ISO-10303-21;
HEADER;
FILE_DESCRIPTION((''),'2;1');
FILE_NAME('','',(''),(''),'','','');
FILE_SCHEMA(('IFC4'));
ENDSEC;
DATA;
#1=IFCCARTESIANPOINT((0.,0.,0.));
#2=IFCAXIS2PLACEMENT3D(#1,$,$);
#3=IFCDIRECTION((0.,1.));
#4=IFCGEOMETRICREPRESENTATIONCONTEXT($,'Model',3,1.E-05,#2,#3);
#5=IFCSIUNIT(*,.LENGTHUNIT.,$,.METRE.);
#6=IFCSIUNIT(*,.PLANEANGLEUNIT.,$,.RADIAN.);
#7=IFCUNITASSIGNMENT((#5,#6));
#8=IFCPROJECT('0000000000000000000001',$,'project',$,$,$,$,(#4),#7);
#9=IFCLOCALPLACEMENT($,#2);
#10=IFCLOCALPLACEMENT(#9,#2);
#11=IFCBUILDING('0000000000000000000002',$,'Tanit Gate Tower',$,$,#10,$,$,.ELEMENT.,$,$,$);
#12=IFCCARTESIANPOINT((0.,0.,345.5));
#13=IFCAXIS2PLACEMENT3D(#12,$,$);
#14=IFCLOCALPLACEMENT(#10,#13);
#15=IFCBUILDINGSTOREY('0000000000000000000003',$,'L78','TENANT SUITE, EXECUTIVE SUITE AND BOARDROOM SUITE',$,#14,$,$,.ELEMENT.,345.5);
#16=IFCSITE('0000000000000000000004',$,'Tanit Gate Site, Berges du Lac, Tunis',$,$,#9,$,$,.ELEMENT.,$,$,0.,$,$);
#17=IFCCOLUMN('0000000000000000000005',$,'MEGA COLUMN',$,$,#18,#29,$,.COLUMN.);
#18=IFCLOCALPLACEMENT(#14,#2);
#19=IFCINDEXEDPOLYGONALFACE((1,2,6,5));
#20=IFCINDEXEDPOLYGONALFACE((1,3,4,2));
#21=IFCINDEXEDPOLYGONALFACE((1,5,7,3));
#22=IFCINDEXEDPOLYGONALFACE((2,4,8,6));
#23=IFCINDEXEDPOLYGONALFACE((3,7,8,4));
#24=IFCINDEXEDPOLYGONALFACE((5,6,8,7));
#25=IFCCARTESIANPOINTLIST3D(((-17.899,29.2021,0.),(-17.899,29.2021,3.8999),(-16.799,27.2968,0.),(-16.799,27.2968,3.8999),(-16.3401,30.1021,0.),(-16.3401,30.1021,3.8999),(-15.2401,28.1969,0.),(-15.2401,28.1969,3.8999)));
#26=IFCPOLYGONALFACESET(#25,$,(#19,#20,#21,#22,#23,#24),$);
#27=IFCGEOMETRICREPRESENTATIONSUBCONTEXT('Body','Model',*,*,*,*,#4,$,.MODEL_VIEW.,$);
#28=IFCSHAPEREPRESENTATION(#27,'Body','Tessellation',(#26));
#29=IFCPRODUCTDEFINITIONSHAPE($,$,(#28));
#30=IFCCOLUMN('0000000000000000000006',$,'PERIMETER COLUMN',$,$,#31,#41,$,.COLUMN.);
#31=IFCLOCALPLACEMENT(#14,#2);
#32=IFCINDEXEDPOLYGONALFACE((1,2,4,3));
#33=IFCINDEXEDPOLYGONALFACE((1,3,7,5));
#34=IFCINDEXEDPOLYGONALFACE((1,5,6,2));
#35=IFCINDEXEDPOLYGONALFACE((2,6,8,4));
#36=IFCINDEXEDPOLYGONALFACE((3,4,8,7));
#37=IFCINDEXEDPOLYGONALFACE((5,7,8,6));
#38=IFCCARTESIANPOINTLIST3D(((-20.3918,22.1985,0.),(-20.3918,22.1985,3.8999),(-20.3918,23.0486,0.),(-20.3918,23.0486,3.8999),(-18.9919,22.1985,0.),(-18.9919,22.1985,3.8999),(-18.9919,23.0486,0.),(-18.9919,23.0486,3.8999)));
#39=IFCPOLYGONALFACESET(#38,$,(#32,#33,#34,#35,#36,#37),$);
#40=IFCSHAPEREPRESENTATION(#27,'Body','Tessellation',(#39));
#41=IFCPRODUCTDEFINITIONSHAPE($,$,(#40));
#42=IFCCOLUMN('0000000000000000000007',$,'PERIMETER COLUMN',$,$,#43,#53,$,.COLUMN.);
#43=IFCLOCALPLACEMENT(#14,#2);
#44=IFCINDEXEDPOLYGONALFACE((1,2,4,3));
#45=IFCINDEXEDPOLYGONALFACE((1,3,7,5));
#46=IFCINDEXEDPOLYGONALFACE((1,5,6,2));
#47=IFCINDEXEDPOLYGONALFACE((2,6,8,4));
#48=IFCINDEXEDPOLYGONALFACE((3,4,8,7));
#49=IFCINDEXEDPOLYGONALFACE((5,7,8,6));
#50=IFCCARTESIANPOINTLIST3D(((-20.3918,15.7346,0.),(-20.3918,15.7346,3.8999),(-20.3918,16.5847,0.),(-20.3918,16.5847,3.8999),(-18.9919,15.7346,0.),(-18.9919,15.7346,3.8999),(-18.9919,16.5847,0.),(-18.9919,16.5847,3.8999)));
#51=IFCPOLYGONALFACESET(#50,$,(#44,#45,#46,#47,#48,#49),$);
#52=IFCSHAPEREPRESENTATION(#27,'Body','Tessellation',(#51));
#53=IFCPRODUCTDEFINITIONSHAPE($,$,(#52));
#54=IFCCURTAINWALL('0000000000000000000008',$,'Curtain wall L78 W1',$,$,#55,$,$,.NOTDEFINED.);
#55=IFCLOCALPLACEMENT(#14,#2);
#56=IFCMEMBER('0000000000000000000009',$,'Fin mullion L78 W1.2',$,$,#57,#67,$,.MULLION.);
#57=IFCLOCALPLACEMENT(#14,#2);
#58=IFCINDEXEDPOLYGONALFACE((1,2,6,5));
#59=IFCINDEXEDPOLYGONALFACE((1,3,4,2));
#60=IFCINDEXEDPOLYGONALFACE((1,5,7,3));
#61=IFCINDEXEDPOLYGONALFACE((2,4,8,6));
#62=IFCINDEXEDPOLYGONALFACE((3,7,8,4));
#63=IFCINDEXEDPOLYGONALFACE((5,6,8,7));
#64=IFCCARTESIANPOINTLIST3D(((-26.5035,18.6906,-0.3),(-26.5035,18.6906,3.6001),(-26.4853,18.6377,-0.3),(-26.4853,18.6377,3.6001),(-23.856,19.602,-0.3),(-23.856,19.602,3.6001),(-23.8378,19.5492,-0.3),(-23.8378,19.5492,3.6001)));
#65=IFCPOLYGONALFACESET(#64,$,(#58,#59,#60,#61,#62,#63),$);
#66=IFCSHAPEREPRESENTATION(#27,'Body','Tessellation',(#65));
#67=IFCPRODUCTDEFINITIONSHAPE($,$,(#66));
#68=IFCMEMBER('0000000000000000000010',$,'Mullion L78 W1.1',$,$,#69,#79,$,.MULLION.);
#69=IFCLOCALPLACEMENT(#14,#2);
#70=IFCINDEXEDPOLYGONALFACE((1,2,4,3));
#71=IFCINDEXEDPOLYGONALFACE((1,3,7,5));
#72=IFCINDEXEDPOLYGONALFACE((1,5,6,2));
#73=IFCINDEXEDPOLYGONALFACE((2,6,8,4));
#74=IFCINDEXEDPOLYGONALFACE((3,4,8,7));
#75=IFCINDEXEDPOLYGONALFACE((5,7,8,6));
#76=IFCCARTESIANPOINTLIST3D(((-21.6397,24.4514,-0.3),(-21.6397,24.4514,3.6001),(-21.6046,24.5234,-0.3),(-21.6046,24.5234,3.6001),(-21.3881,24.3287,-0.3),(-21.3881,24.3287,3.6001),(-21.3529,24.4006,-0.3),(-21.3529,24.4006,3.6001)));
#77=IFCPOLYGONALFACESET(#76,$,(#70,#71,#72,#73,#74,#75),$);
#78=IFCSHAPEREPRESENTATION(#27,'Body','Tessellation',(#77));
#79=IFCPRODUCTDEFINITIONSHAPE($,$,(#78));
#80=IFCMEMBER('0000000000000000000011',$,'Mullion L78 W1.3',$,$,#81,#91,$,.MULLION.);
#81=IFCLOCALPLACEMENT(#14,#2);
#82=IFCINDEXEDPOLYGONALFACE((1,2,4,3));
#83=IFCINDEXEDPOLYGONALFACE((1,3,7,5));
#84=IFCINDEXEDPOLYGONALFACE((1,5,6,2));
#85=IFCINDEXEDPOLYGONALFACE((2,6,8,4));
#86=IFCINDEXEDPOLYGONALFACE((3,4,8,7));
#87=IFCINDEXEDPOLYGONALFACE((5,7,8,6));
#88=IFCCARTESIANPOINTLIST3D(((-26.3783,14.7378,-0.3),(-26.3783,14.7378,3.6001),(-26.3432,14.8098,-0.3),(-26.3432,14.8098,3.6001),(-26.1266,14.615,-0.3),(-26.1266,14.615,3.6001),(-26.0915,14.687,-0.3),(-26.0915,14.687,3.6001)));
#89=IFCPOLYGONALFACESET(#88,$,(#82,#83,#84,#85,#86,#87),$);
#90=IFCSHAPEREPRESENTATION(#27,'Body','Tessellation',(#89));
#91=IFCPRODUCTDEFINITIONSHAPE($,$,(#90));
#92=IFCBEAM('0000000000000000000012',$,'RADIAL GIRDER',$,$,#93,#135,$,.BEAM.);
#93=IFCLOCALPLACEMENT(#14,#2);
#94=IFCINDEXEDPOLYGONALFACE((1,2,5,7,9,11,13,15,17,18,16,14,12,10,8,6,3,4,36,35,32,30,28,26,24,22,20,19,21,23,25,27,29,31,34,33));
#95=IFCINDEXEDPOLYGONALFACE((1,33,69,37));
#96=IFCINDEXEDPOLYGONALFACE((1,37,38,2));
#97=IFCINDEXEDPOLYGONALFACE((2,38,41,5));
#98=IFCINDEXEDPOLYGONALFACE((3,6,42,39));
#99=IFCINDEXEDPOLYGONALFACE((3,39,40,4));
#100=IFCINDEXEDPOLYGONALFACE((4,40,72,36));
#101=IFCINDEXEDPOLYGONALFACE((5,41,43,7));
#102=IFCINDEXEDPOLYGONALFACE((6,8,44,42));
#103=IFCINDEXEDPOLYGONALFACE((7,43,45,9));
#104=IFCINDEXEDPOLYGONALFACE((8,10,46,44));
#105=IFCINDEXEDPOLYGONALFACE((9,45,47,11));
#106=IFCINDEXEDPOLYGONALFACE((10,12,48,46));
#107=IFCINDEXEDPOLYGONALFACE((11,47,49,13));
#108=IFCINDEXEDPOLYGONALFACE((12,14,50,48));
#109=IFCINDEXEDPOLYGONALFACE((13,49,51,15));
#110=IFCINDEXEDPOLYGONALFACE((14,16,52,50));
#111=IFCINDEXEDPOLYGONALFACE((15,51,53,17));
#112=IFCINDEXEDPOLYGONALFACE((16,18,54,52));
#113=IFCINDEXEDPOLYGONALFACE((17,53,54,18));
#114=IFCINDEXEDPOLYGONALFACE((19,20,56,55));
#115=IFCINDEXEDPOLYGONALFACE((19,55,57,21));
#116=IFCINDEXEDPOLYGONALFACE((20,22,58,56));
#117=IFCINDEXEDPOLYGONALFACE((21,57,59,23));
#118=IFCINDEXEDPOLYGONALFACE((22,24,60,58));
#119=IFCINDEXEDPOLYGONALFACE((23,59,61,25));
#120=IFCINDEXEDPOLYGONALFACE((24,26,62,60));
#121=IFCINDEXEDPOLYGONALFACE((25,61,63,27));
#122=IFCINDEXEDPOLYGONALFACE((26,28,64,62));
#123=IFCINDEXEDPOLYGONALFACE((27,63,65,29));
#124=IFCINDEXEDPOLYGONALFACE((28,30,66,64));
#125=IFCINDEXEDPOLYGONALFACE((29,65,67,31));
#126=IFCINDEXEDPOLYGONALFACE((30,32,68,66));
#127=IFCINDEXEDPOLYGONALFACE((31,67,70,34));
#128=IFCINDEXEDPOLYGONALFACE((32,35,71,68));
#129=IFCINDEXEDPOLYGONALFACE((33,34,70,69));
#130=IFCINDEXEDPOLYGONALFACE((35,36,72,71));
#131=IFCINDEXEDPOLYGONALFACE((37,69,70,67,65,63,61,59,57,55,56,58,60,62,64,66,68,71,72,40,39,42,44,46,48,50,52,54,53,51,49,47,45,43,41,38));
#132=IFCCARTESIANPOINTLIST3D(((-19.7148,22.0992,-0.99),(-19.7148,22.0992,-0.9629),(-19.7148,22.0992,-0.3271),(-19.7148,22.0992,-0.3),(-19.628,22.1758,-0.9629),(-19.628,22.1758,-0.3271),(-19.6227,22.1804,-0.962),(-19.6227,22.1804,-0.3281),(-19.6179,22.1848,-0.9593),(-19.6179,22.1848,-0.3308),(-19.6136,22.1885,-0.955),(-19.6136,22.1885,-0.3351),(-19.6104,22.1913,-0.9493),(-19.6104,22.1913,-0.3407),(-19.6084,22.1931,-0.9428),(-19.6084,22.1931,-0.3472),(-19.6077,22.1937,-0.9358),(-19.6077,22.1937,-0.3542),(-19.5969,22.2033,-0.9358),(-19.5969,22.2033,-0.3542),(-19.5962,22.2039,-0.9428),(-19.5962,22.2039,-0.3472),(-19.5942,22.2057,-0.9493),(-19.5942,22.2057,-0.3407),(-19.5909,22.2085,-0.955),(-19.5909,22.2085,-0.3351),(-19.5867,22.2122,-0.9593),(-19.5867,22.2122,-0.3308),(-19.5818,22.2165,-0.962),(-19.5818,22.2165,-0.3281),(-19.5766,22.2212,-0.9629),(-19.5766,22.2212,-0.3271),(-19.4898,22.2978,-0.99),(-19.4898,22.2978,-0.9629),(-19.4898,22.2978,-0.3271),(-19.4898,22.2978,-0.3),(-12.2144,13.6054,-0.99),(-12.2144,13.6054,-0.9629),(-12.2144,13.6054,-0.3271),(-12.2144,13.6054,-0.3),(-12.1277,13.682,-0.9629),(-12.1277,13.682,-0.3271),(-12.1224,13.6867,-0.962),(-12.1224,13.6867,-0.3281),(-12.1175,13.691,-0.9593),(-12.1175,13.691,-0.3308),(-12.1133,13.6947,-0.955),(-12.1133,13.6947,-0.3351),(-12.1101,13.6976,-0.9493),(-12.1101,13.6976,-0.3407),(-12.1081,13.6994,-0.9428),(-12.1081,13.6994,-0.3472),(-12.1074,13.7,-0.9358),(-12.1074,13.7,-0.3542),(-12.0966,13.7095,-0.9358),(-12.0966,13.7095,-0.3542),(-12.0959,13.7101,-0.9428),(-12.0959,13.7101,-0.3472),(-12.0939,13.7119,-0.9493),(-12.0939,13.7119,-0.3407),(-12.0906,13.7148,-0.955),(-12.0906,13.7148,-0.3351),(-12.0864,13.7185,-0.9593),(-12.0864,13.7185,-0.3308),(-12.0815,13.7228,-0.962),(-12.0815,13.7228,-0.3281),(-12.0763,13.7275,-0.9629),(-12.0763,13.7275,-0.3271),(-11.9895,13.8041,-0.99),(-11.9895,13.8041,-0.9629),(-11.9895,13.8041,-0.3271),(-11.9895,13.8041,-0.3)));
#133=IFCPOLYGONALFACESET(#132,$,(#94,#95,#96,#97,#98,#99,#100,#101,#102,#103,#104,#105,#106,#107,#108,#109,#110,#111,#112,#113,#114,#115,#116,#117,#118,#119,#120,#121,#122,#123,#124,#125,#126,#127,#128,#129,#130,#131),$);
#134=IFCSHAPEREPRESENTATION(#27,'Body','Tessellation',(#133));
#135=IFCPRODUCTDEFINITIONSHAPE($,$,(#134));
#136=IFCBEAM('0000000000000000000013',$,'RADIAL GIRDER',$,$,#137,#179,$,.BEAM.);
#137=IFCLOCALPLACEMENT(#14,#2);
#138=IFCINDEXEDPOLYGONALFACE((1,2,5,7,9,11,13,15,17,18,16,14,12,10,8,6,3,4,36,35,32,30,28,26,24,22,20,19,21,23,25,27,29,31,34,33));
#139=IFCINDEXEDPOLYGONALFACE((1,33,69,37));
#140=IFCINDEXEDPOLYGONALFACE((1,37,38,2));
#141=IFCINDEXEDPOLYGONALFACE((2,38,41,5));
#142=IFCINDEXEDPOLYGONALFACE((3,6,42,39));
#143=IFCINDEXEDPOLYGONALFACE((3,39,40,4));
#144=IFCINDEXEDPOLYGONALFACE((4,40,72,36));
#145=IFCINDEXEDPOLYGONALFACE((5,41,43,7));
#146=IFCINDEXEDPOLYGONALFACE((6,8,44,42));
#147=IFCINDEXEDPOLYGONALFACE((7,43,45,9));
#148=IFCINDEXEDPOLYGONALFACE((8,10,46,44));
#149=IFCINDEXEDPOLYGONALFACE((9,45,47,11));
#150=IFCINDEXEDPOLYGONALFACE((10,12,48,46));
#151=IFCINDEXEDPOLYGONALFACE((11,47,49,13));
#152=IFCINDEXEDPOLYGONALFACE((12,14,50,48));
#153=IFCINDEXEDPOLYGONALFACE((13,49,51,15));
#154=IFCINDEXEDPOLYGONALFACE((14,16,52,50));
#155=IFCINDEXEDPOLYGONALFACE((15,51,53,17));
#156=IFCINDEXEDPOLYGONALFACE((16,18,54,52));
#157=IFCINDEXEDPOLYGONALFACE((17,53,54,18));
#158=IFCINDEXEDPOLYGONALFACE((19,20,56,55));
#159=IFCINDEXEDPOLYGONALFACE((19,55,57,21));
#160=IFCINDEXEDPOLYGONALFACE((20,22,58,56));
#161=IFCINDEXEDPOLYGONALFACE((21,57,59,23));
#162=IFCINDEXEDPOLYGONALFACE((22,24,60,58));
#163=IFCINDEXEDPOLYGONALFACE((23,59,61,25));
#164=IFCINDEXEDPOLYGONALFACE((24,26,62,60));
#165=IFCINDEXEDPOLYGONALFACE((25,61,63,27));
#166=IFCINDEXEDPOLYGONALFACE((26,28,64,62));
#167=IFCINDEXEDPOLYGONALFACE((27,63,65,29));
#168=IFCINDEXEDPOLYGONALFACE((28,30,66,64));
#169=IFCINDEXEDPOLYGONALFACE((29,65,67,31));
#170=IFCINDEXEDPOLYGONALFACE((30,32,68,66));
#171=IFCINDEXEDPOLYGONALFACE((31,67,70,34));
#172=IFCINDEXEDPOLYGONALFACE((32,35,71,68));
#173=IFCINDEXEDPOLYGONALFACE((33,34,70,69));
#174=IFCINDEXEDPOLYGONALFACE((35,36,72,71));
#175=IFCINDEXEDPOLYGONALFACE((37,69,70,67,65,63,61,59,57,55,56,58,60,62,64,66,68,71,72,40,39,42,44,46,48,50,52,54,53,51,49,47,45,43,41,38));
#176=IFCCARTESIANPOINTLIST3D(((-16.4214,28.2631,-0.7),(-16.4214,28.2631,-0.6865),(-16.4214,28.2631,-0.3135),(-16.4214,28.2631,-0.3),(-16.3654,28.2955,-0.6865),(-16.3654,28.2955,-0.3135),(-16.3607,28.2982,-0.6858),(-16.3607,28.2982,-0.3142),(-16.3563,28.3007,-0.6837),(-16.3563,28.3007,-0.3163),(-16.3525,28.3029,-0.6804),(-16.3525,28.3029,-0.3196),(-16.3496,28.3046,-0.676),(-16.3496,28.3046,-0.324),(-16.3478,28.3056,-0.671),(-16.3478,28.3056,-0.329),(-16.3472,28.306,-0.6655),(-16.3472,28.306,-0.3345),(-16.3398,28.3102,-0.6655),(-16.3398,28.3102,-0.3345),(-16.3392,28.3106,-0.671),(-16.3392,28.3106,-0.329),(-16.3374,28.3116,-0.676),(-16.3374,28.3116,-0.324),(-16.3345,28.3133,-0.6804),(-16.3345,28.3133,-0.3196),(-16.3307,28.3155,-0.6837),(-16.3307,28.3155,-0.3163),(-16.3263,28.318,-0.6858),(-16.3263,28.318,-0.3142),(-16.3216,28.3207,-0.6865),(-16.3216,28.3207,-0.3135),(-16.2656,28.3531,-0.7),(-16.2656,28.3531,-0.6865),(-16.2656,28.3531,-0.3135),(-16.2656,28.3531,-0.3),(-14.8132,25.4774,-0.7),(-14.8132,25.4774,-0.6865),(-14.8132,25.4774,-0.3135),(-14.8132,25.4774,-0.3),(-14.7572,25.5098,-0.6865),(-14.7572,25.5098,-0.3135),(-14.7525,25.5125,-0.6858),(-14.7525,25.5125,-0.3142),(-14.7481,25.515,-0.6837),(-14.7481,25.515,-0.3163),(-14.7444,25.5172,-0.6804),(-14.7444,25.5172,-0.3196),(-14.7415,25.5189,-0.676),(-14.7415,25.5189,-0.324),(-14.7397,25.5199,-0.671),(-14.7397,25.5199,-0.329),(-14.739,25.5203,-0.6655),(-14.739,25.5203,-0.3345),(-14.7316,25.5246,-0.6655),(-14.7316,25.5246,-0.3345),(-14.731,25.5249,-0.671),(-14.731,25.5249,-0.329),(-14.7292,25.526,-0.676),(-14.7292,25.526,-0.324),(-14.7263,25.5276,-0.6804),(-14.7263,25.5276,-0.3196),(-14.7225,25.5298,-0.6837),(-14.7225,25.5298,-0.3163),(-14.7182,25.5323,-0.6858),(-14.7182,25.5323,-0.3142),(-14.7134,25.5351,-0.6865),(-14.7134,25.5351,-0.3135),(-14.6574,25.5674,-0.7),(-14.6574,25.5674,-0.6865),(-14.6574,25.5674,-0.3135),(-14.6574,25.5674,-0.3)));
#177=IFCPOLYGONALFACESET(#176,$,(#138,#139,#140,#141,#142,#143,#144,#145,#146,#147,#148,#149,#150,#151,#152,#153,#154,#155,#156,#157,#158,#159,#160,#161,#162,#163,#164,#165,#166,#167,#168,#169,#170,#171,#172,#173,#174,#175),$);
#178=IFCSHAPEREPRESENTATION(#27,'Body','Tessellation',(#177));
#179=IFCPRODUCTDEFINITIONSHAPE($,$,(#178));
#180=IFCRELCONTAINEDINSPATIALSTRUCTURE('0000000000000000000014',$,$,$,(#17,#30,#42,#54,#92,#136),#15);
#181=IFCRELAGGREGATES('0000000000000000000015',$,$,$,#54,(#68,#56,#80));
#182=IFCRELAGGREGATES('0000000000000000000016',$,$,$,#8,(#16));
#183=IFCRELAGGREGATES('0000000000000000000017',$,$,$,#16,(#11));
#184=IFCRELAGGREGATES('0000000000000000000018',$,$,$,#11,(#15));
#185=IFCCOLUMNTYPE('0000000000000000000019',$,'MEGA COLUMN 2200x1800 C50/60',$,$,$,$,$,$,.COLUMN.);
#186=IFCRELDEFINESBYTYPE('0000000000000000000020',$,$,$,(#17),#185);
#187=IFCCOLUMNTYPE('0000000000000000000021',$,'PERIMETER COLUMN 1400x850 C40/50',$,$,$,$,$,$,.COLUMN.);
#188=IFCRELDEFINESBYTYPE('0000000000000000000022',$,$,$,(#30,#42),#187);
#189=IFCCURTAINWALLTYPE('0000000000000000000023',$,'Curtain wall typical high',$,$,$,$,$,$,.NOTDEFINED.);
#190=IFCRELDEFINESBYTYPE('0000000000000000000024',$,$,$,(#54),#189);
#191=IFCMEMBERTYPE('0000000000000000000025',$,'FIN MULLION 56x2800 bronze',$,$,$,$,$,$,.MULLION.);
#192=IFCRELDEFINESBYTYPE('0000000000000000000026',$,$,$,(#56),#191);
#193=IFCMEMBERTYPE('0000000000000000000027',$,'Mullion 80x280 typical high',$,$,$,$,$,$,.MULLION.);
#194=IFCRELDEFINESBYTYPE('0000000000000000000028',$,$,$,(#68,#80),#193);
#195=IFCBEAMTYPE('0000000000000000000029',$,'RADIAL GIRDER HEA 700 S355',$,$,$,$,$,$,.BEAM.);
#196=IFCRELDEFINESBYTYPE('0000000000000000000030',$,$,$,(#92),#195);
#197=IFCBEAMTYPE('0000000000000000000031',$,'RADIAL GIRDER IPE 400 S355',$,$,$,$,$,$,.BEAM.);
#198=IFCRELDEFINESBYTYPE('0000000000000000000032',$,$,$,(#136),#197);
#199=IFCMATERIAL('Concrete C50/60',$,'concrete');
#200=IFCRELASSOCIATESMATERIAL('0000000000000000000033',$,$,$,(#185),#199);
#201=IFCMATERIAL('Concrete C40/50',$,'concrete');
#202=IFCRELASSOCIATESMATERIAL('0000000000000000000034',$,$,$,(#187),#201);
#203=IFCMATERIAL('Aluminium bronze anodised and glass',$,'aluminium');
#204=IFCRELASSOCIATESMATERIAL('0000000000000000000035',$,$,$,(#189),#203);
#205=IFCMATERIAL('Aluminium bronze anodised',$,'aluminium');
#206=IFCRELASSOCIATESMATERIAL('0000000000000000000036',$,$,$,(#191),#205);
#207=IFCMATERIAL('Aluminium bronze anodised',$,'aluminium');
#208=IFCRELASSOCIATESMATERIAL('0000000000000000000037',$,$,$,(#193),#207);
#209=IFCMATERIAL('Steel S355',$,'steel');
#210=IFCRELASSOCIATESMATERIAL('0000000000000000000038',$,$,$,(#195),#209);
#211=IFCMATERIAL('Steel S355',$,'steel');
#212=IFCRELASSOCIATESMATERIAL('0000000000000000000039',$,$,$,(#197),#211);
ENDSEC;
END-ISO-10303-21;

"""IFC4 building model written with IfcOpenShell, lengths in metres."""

from ifc_helpers import new_model, si_unit, direction, frame, origin, origin_2d, place, context, subcontext, project, spatial, rectangle, i_section, extrude, material, material_profile, profile_set, type_object, element, aggregate, save


model = new_model("IFC4")

# Units and contexts
model_context = context("Model", 3, precision=1e-05, world=origin(), true_north=direction((0.0, 1.0)))
body_context = subcontext(model_context, "Body", "Model", "MODEL_VIEW")
ifc_project = project(units=[si_unit("LENGTHUNIT", "METRE"), si_unit("PLANEANGLEUNIT", "RADIAN")], contexts=[model_context])

# Site, building, storey
site_placement = place(None, origin())
site = spatial("IfcSite", under=ifc_project, at=site_placement, Name="Tanit Gate Site, Berges du Lac, Tunis", CompositionType="ELEMENT", RefElevation=0.0)
building_placement = place(site_placement, origin())
building = spatial("IfcBuilding", under=site, at=building_placement, Name="Tanit Gate Tower", CompositionType="ELEMENT")
storey_placement = place(building_placement, frame((0.0, 0.0, 345.5)))
storey = spatial("IfcBuildingStorey", under=building, at=storey_placement, Name="L78", Description="TENANT SUITE, EXECUTIVE SUITE AND BOARDROOM SUITE", CompositionType="ELEMENT", Elevation=345.5)

# Columns
ifc_material_1 = material(Name="Concrete C50/60", Category="concrete")
ifc_material_profile_1 = material_profile(ifc_material_1, rectangle(XDim=2.2, YDim=1.8, at=origin_2d()), Name="RC 2200x1800")
ifc_profile_set_1 = profile_set([ifc_material_profile_1], Name="Concrete C50/60")
column_type_1 = type_object("IfcColumnType", Name="MEGA COLUMN 2200x1800 C50/60", PredefinedType="COLUMN", material=ifc_profile_set_1)
column_placement = place(storey_placement, frame((-16.5696, 28.6995, 0.0), z_axis=(0.0, 0.0, 1.0), x_axis=(-0.5, 0.866025, 0.0)))
element("IfcColumn", 1, at=column_placement, inside=storey, type_object=column_type_1, Name="MEGA COLUMN", PredefinedType="COLUMN", context=body_context, shape_type="SweptSolid", body=[
    extrude(rectangle(XDim=2.2, YDim=1.8, at=origin_2d()), origin(), (0.0, 0.0, 1.0), 3.8999),
])
ifc_material_2 = material(Name="Concrete C40/50", Category="concrete")
ifc_material_profile_2 = material_profile(ifc_material_2, rectangle(XDim=1.3999, YDim=0.8501, at=origin_2d()), Name="RC 1400x850")
ifc_profile_set_2 = profile_set([ifc_material_profile_2], Name="Concrete C40/50")
column_type_2 = type_object("IfcColumnType", Name="PERIMETER COLUMN 1400x850 C40/50", PredefinedType="COLUMN", material=ifc_profile_set_2)
for number, where, z_axis, x_axis, name in (
    (2, (-19.6919, 22.6235, 0.0), (0.0, 0.0, 1.0), (-1.0, 0.0, 0.0), "PERIMETER COLUMN"),
    (3, (-19.6919, 16.1597, 0.0), (0.0, 0.0, 1.0), (-1.0, 0.0, 0.0), "PERIMETER COLUMN"),
):
    element("IfcColumn", number, at=place(storey_placement, frame(where, z_axis=z_axis, x_axis=x_axis)), inside=storey, type_object=column_type_2, Name=name, PredefinedType="COLUMN", context=body_context, shape_type="SweptSolid", body=[
        extrude(rectangle(XDim=1.3999, YDim=0.8501, at=origin_2d()), origin(), (0.0, 0.0, 1.0), 3.8999),
    ])

# Curtain wall, members
ifc_material_3 = material(Name="Aluminium bronze anodised and glass", Category="aluminium")
curtain_wall_type = type_object("IfcCurtainWallType", Name="Curtain wall typical high", PredefinedType="NOTDEFINED", material=ifc_material_3)
curtain_wall_placement = place(storey_placement, origin())
curtain_wall = element("IfcCurtainWall", 4, at=curtain_wall_placement, inside=storey, type_object=curtain_wall_type, Name="Curtain wall L78 W1", PredefinedType="NOTDEFINED")
ifc_material_4 = material(Name="Aluminium bronze anodised", Category="aluminium")
ifc_material_profile_3 = material_profile(ifc_material_4, rectangle(XDim=2.8, YDim=0.0559, at=origin_2d()), Name="56x2800 bronze fin mullion")
ifc_profile_set_3 = profile_set([ifc_material_profile_3], Name="Aluminium bronze anodised")
member_type_1 = type_object("IfcMemberType", Name="FIN MULLION 56x2800 bronze", PredefinedType="MULLION", material=ifc_profile_set_3)
member_1_placement = place(storey_placement, frame((-25.1707, 19.1199, -0.3), z_axis=(0.0, 0.0, 1.0), x_axis=(0.945536, 0.325516, 0.0)))
member_1 = element("IfcMember", 5, at=member_1_placement, type_object=member_type_1, Name="Fin mullion L78 W1.2", PredefinedType="MULLION", context=body_context, shape_type="SweptSolid", body=[
    extrude(rectangle(XDim=2.8, YDim=0.0559, at=origin_2d()), origin(), (0.0, 0.0, 1.0), 3.9001),
])
ifc_material_5 = material(Name="Aluminium bronze anodised", Category="aluminium")
ifc_material_profile_4 = material_profile(ifc_material_5, rectangle(XDim=0.28, YDim=0.0801, at=origin_2d()), Name="80x280 bronze mullion")
ifc_profile_set_4 = profile_set([ifc_material_profile_4], Name="Aluminium bronze anodised")
member_type_2 = type_object("IfcMemberType", Name="Mullion 80x280 typical high", PredefinedType="MULLION", material=ifc_profile_set_4)
member_2_placement = place(storey_placement, frame((-21.4963, 24.426, -0.3), z_axis=(0.0, 0.0, 1.0), x_axis=(0.89877, -0.43842, 0.0)))
member_2 = element("IfcMember", 6, at=member_2_placement, type_object=member_type_2, Name="Mullion L78 W1.1", PredefinedType="MULLION", context=body_context, shape_type="SweptSolid", body=[
    extrude(rectangle(XDim=0.28, YDim=0.0801, at=origin_2d()), origin(), (0.0, 0.0, 1.0), 3.9001),
])
member_3_placement = place(storey_placement, frame((-26.2349, 14.7124, -0.3), z_axis=(0.0, 0.0, 1.0), x_axis=(0.89877, -0.43842, 0.0)))
member_3 = element("IfcMember", 7, at=member_3_placement, type_object=member_type_2, Name="Mullion L78 W1.3", PredefinedType="MULLION", context=body_context, shape_type="SweptSolid", body=[
    extrude(rectangle(XDim=0.28, YDim=0.0801, at=origin_2d()), origin(), (0.0, 0.0, 1.0), 3.9001),
])

# Beams
ifc_material_6 = material(Name="Steel S355", Category="steel")
ifc_material_profile_5 = material_profile(ifc_material_6, i_section(OverallWidth=0.3, OverallDepth=0.6899, WebThickness=0.0144, FlangeThickness=0.0271, FilletRadius=0.0271, at=origin_2d()), Name="HEA 700")
ifc_profile_set_5 = profile_set([ifc_material_profile_5], Name="Steel S355")
beam_type_1 = type_object("IfcBeamType", Name="RADIAL GIRDER HEA 700 S355", PredefinedType="BEAM", material=ifc_profile_set_5)
beam_1_placement = place(storey_placement, frame((-19.6023, 22.1985, -0.645), z_axis=(0.661912, -0.749582, 0.0), x_axis=(0.749582, 0.661912, 0.0)))
element("IfcBeam", 8, at=beam_1_placement, inside=storey, type_object=beam_type_1, Name="RADIAL GIRDER", PredefinedType="BEAM", context=body_context, shape_type="SweptSolid", body=[
    extrude(i_section(OverallWidth=0.3, OverallDepth=0.6899, WebThickness=0.0144, FlangeThickness=0.0271, FilletRadius=0.0271, at=origin_2d()), origin(), (0.0, 0.0, 1.0), 11.3313),
])
ifc_material_7 = material(Name="Steel S355", Category="steel")
ifc_material_profile_6 = material_profile(ifc_material_7, i_section(OverallWidth=0.1799, OverallDepth=0.3999, WebThickness=0.0085, FlangeThickness=0.0134, FilletRadius=0.021, at=origin_2d()), Name="IPE 400")
ifc_profile_set_6 = profile_set([ifc_material_profile_6], Name="Steel S355")
beam_type_2 = type_object("IfcBeamType", Name="RADIAL GIRDER IPE 400 S355", PredefinedType="BEAM", material=ifc_profile_set_6)
beam_2_placement = place(storey_placement, frame((-16.3435, 28.3081, -0.5), z_axis=(0.499968, -0.866044, 0.0), x_axis=(0.866044, 0.499968, 0.0)))
element("IfcBeam", 9, at=beam_2_placement, inside=storey, type_object=beam_type_2, Name="RADIAL GIRDER", PredefinedType="BEAM", context=body_context, shape_type="SweptSolid", body=[
    extrude(i_section(OverallWidth=0.1799, OverallDepth=0.3999, WebThickness=0.0085, FlangeThickness=0.0134, FilletRadius=0.021, at=origin_2d()), origin(), (0.0, 0.0, 1.0), 3.2166),
])

aggregate(curtain_wall, [member_2, member_1, member_3])

save(model, "model.ifc")
